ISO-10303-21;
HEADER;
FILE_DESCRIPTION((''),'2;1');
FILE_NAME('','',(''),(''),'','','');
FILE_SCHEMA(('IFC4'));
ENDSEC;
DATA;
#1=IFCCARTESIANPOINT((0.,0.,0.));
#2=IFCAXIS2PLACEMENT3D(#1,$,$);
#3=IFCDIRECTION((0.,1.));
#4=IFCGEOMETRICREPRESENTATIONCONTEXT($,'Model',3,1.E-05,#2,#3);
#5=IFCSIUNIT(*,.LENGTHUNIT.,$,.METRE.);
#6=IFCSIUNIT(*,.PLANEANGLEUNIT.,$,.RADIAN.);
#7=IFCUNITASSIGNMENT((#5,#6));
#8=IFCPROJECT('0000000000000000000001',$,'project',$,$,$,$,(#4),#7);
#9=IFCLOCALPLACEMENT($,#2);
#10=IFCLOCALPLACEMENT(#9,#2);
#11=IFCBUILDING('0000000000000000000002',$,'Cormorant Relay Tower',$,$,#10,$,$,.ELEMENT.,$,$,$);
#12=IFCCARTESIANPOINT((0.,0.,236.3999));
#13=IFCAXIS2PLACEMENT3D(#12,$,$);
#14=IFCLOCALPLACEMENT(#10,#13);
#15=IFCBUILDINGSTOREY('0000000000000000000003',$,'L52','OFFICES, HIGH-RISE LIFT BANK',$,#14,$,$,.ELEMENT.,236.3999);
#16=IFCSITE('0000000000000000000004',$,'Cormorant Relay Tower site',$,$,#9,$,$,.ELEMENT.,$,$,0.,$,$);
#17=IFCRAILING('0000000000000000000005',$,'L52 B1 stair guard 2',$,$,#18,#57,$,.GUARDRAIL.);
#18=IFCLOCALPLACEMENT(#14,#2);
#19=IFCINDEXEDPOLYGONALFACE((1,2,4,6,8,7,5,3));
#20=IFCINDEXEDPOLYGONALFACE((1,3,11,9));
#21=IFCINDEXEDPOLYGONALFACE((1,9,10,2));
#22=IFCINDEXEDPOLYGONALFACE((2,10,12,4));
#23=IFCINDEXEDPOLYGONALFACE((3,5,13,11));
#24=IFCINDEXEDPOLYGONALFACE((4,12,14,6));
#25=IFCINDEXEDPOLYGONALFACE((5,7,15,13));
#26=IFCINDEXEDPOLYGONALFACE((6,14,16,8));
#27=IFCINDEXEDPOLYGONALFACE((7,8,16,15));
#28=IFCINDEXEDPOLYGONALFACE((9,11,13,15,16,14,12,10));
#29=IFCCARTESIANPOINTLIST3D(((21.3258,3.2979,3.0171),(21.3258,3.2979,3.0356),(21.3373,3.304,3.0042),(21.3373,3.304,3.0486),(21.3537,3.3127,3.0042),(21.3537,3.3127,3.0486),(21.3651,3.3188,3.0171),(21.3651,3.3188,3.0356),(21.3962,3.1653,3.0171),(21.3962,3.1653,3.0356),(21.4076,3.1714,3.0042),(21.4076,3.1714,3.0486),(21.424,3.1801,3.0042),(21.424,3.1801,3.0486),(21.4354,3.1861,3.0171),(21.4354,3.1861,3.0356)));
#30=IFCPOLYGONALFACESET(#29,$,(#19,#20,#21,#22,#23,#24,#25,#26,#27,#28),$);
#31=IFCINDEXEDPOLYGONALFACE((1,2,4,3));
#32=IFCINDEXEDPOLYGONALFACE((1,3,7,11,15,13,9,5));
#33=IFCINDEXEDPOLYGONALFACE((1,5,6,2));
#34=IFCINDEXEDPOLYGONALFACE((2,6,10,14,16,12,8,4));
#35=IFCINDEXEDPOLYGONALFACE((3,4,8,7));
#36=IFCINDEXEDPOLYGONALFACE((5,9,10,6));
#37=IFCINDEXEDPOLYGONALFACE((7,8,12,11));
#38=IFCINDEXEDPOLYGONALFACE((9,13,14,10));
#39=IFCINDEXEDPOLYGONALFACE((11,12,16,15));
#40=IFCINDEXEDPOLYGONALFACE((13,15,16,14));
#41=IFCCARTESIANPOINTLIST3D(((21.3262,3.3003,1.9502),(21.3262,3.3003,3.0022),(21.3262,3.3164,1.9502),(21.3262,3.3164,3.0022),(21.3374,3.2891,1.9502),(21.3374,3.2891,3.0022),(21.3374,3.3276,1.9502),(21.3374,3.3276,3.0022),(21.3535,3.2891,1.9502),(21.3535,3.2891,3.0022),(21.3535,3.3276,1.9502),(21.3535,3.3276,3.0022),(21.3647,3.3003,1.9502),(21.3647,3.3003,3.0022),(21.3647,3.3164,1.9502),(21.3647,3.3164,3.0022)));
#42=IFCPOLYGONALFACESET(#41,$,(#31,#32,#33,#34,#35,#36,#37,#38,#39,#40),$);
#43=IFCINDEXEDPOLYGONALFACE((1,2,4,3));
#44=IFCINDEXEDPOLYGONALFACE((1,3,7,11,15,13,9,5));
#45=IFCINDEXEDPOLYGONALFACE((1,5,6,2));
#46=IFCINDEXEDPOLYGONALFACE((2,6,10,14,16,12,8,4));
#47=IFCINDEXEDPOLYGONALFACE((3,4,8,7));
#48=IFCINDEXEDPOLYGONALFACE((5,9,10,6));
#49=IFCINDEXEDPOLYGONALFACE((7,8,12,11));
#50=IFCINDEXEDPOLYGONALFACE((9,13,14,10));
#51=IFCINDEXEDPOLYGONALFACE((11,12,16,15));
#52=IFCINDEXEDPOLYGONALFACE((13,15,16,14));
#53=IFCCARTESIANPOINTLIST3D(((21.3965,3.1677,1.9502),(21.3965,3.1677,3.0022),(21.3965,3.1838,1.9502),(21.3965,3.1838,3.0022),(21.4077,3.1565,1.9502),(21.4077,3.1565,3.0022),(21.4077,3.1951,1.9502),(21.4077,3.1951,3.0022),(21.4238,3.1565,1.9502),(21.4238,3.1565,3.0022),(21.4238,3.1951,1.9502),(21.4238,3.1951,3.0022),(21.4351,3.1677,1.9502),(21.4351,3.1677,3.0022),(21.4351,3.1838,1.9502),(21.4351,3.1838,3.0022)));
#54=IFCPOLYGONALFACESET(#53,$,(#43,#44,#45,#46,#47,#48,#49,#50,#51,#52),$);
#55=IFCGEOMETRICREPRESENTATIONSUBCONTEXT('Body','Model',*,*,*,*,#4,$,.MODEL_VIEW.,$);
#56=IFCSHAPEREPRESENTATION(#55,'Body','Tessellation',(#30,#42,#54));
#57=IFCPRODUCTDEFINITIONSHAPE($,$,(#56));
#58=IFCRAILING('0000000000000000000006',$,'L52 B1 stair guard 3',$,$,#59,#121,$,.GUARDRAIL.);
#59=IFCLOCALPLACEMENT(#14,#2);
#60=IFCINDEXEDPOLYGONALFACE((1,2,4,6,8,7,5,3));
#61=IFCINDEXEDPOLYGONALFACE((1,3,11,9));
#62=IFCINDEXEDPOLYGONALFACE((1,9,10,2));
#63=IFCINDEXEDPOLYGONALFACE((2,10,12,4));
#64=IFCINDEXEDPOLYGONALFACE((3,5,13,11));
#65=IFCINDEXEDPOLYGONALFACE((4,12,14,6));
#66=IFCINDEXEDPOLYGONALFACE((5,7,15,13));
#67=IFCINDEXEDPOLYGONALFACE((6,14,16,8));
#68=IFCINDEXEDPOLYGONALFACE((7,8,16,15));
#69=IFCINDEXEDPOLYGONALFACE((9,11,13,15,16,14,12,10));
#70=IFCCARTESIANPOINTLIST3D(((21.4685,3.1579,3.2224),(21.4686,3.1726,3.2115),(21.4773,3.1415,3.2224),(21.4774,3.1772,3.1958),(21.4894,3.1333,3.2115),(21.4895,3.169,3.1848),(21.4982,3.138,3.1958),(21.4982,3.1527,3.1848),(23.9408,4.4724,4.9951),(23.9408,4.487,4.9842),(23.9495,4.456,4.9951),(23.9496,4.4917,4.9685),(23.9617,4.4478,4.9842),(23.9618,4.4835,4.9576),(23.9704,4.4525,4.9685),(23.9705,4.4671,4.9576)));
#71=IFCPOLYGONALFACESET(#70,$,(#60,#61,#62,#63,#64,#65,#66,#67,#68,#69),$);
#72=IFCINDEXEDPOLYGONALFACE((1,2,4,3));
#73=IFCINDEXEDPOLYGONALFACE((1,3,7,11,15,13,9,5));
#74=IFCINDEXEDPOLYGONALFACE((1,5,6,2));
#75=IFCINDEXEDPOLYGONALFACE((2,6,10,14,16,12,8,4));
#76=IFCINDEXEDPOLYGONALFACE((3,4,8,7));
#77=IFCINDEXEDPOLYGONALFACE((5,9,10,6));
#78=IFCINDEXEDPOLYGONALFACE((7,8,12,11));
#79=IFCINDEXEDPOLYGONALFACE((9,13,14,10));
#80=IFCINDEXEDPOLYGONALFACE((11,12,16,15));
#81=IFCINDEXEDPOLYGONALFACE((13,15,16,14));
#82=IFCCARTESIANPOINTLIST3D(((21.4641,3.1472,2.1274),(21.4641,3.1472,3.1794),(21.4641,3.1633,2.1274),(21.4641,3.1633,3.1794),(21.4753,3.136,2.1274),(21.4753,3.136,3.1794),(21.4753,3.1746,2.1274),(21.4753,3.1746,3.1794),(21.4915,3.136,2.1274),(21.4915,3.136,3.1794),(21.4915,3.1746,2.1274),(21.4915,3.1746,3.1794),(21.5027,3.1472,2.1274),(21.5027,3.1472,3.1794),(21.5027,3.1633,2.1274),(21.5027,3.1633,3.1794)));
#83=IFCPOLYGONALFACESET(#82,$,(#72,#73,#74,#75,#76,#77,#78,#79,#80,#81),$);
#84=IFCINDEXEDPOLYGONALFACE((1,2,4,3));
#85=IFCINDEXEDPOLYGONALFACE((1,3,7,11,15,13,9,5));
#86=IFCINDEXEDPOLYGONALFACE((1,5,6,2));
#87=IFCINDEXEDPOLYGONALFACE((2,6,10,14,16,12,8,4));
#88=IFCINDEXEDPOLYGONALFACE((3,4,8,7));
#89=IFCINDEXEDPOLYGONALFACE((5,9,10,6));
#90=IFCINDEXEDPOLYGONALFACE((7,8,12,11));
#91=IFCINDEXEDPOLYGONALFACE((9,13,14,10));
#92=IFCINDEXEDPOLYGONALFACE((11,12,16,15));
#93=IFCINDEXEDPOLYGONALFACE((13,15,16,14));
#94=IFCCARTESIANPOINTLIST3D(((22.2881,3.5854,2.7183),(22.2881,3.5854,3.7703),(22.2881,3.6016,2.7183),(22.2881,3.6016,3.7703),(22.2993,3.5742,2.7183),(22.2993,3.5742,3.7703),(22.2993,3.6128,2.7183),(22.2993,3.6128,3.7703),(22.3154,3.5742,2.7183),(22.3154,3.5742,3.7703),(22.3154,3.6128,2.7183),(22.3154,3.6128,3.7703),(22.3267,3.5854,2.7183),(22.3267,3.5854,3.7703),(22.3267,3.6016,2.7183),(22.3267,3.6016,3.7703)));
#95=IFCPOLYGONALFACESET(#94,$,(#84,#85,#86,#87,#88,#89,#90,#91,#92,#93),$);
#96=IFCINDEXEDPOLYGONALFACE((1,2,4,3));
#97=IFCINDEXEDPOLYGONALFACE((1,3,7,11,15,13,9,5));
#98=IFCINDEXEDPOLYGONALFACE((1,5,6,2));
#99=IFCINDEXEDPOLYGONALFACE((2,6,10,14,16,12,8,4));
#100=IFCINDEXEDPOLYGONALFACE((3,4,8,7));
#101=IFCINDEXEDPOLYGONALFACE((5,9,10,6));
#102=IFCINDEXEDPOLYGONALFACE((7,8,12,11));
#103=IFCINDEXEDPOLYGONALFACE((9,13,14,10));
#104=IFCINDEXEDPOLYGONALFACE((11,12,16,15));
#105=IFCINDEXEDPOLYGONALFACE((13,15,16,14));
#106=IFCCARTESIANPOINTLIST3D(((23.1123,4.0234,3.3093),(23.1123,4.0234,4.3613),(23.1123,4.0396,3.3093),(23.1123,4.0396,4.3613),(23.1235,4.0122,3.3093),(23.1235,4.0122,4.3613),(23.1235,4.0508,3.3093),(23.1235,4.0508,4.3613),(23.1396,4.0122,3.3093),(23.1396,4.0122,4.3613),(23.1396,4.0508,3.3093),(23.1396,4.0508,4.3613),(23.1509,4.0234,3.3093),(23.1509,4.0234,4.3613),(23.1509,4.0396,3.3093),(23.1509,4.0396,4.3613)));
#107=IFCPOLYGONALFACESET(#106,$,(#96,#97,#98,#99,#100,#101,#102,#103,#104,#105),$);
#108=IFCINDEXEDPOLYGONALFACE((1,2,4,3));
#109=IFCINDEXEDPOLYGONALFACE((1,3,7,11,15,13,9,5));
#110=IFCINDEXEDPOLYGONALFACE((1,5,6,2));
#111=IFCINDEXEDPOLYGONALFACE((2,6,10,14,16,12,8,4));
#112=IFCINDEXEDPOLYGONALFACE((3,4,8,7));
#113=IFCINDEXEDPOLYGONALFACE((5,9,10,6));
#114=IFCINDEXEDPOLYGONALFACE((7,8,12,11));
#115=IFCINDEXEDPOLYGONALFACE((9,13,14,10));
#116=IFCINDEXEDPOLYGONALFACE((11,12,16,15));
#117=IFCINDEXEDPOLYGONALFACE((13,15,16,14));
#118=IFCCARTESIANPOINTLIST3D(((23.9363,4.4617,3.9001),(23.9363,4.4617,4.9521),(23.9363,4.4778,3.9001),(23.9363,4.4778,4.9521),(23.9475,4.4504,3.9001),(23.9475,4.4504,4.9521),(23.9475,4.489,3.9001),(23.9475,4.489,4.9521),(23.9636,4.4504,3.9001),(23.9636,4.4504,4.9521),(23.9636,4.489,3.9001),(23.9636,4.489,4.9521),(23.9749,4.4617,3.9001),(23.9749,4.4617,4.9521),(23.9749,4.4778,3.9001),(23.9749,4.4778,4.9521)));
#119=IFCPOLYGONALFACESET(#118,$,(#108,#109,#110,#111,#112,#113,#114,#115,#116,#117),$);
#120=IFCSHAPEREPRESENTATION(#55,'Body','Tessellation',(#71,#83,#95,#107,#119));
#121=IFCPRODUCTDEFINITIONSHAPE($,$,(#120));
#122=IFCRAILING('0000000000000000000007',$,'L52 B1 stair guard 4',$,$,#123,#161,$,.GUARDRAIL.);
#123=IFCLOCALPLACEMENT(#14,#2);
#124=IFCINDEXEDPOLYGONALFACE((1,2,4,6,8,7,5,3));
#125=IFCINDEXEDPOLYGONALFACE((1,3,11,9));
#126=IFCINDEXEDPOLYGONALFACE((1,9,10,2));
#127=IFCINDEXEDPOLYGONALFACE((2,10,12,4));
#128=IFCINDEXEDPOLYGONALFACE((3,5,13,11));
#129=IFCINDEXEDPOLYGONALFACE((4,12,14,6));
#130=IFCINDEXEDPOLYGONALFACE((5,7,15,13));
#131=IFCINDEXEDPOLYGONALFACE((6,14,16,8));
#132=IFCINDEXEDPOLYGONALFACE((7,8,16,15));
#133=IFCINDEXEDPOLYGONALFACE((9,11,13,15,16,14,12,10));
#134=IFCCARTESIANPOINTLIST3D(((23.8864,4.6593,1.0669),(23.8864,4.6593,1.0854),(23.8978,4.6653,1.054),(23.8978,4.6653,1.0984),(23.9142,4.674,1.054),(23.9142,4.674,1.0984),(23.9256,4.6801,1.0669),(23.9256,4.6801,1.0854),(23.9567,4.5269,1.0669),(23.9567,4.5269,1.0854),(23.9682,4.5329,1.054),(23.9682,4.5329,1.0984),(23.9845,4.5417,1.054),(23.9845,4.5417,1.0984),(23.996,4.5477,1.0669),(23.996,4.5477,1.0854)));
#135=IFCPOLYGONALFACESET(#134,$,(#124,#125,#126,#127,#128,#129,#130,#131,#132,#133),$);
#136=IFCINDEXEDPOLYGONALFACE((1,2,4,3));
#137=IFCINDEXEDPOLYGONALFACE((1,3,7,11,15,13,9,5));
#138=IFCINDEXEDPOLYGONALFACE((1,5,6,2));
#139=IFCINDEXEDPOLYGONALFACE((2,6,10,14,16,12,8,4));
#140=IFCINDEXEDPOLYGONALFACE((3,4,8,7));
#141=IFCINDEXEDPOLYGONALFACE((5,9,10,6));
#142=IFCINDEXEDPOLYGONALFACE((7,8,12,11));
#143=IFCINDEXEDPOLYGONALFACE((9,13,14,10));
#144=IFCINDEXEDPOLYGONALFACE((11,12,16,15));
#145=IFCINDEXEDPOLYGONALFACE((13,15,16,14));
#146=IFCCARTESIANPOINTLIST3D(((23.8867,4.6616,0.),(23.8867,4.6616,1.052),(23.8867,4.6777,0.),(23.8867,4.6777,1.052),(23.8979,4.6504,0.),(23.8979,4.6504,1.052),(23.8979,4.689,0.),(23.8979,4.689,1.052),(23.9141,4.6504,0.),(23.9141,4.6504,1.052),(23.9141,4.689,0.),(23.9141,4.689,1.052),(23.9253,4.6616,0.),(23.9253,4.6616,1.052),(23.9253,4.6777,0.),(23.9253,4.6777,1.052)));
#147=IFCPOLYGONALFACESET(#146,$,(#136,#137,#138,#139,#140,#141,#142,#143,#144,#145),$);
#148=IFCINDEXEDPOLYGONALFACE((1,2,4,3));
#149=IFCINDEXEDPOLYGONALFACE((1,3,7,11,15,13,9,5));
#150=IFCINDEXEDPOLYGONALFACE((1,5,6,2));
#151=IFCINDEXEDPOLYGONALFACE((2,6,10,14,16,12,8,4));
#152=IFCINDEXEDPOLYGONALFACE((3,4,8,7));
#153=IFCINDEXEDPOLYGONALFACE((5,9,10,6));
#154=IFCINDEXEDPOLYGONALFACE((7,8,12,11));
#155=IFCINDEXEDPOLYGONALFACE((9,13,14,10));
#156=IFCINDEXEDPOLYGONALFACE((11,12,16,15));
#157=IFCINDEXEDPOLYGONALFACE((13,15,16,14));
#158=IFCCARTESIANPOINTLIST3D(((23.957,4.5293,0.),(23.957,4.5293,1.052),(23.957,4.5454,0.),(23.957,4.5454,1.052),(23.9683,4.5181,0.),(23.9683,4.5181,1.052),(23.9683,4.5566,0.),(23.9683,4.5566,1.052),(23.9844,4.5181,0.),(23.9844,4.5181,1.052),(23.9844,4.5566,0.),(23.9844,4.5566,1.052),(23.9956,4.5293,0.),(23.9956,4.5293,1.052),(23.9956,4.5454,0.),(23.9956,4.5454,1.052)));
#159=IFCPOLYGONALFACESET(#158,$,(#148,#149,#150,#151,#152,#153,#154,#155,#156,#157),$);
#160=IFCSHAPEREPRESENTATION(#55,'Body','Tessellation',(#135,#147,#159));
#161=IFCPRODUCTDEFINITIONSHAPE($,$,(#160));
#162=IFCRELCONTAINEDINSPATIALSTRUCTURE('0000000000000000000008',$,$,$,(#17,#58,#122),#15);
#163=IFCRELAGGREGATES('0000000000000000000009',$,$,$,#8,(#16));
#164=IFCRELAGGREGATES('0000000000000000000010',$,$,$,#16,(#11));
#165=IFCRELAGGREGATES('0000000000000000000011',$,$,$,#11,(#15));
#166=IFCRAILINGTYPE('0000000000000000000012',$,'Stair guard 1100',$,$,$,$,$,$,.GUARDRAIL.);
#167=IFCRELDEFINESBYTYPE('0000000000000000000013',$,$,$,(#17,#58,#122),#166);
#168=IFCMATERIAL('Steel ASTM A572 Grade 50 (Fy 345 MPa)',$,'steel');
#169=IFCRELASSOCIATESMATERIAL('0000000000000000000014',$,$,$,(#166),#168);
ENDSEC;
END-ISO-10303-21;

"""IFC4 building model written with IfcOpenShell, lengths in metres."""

from ifc_helpers import new_model, si_unit, direction, frame, origin, place, context, subcontext, project, spatial, polyline, outline, extrude, material, type_object, element, save


model = new_model("IFC4")

# Units and contexts
model_context = context("Model", 3, precision=1e-05, world=origin(), true_north=direction((0.0, 1.0)))
body_context = subcontext(model_context, "Body", "Model", "MODEL_VIEW")
ifc_project = project(units=[si_unit("LENGTHUNIT", "METRE"), si_unit("PLANEANGLEUNIT", "RADIAN")], contexts=[model_context])

# Site, building, storey
site_placement = place(None, origin())
site = spatial("IfcSite", under=ifc_project, at=site_placement, Name="Cormorant Relay Tower site", CompositionType="ELEMENT", RefElevation=0.0)
building_placement = place(site_placement, origin())
building = spatial("IfcBuilding", under=site, at=building_placement, Name="Cormorant Relay Tower", CompositionType="ELEMENT")
storey_placement = place(building_placement, frame((0.0, 0.0, 236.3999)))
storey = spatial("IfcBuildingStorey", under=building, at=storey_placement, Name="L52", Description="OFFICES, HIGH-RISE LIFT BANK", CompositionType="ELEMENT", Elevation=236.3999)

# Railings
ifc_material_1 = material(Name="Steel ASTM A572 Grade 50 (Fy 345 MPa)", Category="steel")
railing_type_1 = type_object("IfcRailingType", Name="Stair guard 1100", PredefinedType="GUARDRAIL", material=ifc_material_1)
railing_1_placement = place(storey_placement, frame((21.3455, 3.3083, 1.9502)))
element("IfcRailing", 1, at=railing_1_placement, inside=storey, type_object=railing_type_1, Name="L52 B1 stair guard 2", PredefinedType="GUARDRAIL", context=body_context, shape_type="SweptSolid", body=[
    extrude(outline(polyline([(0.0222, 0.0093), (0.0093, 0.0222), (-0.0093, 0.0222), (-0.0222, 0.0093), (-0.0222, -0.0093), (-0.0093, -0.0222), (0.0093, -0.0222), (0.0222, -0.0093), (0.0222, 0.0093)])), frame((0.0, 0.0, 1.0762), z_axis=(0.46856, -0.883431, 0.0), x_axis=(0.883431, 0.46856, 0.0)), (0.0, 0.0, 1.0), 0.1501),
    extrude(outline(polyline([(0.0193, 0.0081), (0.0081, 0.0193), (-0.0081, 0.0193), (-0.0193, 0.0081), (-0.0193, -0.0081), (-0.0081, -0.0193), (0.0081, -0.0193), (0.0193, -0.0081), (0.0193, 0.0081)])), origin(), (0.0, 0.0, 1.0), 1.052),
    extrude(outline(polyline([(0.0193, 0.0081), (0.0081, 0.0193), (-0.0081, 0.0193), (-0.0193, 0.0081), (-0.0193, -0.0081), (-0.0081, -0.0193), (0.0081, -0.0193), (0.0193, -0.0081), (0.0193, 0.0081)])), frame((0.0703, -0.1326, 0.0)), (0.0, 0.0, 1.0), 1.052),
])
railing_2_placement = place(storey_placement, frame((21.4834, 3.1553, 2.1274)))
element("IfcRailing", 2, at=railing_2_placement, inside=storey, type_object=railing_type_1, Name="L52 B1 stair guard 3", PredefinedType="GUARDRAIL", context=body_context, shape_type="SweptSolid", body=[
    extrude(outline(polyline([(0.0222, 0.0093), (0.0093, 0.0222), (-0.0093, 0.0222), (-0.0222, 0.0093), (-0.0222, -0.0093), (-0.0093, -0.0222), (0.0093, -0.0222), (0.0222, -0.0093), (0.0222, 0.0093)])), frame((0.0, 0.0, 1.0762), z_axis=(0.746001, 0.396649, 0.534931), x_axis=(-0.469465, 0.882951, 0.0)), (0.0, 0.0, 1.0), 3.314),
    extrude(outline(polyline([(0.0193, 0.0081), (0.0081, 0.0193), (-0.0081, 0.0193), (-0.0193, 0.0081), (-0.0193, -0.0081), (-0.0081, -0.0193), (0.0081, -0.0193), (0.0193, -0.0081), (0.0193, 0.0081)])), origin(), (0.0, 0.0, 1.0), 1.052),
    extrude(outline(polyline([(0.0193, 0.0081), (0.0081, 0.0193), (-0.0081, 0.0193), (-0.0193, 0.0081), (-0.0193, -0.0081), (-0.0081, -0.0193), (0.0081, -0.0193), (0.0193, -0.0081), (0.0193, 0.0081)])), frame((0.824, 0.4382, 0.5908)), (0.0, 0.0, 1.0), 1.052),
    extrude(outline(polyline([(0.0193, 0.0081), (0.0081, 0.0193), (-0.0081, 0.0193), (-0.0193, 0.0081), (-0.0193, -0.0081), (-0.0081, -0.0193), (0.0081, -0.0193), (0.0193, -0.0081), (0.0193, 0.0081)])), frame((1.6482, 0.8762, 1.1819)), (0.0, 0.0, 1.0), 1.052),
    extrude(outline(polyline([(0.0193, 0.0081), (0.0081, 0.0193), (-0.0081, 0.0193), (-0.0193, 0.0081), (-0.0193, -0.0081), (-0.0081, -0.0193), (0.0081, -0.0193), (0.0193, -0.0081), (0.0193, 0.0081)])), frame((2.4722, 1.3145, 1.7727)), (0.0, 0.0, 1.0), 1.052),
])
railing_3_placement = place(storey_placement, frame((23.906, 4.6697, 0.0)))
element("IfcRailing", 3, at=railing_3_placement, inside=storey, type_object=railing_type_1, Name="L52 B1 stair guard 4", PredefinedType="GUARDRAIL", context=body_context, shape_type="SweptSolid", body=[
    extrude(outline(polyline([(0.0222, 0.0093), (0.0093, 0.0222), (-0.0093, 0.0222), (-0.0222, 0.0093), (-0.0222, -0.0093), (-0.0093, -0.0222), (0.0093, -0.0222), (0.0222, -0.0093), (0.0222, 0.0093)])), frame((0.0, 0.0, 1.0762), z_axis=(0.469235, -0.883074, 0.0), x_axis=(0.883074, 0.469235, 0.0)), (0.0, 0.0, 1.0), 0.1499),
    extrude(outline(polyline([(0.0193, 0.0081), (0.0081, 0.0193), (-0.0081, 0.0193), (-0.0193, 0.0081), (-0.0193, -0.0081), (-0.0081, -0.0193), (0.0081, -0.0193), (0.0193, -0.0081), (0.0193, 0.0081)])), origin(), (0.0, 0.0, 1.0), 1.052),
    extrude(outline(polyline([(0.0193, 0.0081), (0.0081, 0.0193), (-0.0081, 0.0193), (-0.0193, 0.0081), (-0.0193, -0.0081), (-0.0081, -0.0193), (0.0081, -0.0193), (0.0193, -0.0081), (0.0193, 0.0081)])), frame((0.0703, -0.1323, 0.0)), (0.0, 0.0, 1.0), 1.052),
])

save(model, "model.ifc")
